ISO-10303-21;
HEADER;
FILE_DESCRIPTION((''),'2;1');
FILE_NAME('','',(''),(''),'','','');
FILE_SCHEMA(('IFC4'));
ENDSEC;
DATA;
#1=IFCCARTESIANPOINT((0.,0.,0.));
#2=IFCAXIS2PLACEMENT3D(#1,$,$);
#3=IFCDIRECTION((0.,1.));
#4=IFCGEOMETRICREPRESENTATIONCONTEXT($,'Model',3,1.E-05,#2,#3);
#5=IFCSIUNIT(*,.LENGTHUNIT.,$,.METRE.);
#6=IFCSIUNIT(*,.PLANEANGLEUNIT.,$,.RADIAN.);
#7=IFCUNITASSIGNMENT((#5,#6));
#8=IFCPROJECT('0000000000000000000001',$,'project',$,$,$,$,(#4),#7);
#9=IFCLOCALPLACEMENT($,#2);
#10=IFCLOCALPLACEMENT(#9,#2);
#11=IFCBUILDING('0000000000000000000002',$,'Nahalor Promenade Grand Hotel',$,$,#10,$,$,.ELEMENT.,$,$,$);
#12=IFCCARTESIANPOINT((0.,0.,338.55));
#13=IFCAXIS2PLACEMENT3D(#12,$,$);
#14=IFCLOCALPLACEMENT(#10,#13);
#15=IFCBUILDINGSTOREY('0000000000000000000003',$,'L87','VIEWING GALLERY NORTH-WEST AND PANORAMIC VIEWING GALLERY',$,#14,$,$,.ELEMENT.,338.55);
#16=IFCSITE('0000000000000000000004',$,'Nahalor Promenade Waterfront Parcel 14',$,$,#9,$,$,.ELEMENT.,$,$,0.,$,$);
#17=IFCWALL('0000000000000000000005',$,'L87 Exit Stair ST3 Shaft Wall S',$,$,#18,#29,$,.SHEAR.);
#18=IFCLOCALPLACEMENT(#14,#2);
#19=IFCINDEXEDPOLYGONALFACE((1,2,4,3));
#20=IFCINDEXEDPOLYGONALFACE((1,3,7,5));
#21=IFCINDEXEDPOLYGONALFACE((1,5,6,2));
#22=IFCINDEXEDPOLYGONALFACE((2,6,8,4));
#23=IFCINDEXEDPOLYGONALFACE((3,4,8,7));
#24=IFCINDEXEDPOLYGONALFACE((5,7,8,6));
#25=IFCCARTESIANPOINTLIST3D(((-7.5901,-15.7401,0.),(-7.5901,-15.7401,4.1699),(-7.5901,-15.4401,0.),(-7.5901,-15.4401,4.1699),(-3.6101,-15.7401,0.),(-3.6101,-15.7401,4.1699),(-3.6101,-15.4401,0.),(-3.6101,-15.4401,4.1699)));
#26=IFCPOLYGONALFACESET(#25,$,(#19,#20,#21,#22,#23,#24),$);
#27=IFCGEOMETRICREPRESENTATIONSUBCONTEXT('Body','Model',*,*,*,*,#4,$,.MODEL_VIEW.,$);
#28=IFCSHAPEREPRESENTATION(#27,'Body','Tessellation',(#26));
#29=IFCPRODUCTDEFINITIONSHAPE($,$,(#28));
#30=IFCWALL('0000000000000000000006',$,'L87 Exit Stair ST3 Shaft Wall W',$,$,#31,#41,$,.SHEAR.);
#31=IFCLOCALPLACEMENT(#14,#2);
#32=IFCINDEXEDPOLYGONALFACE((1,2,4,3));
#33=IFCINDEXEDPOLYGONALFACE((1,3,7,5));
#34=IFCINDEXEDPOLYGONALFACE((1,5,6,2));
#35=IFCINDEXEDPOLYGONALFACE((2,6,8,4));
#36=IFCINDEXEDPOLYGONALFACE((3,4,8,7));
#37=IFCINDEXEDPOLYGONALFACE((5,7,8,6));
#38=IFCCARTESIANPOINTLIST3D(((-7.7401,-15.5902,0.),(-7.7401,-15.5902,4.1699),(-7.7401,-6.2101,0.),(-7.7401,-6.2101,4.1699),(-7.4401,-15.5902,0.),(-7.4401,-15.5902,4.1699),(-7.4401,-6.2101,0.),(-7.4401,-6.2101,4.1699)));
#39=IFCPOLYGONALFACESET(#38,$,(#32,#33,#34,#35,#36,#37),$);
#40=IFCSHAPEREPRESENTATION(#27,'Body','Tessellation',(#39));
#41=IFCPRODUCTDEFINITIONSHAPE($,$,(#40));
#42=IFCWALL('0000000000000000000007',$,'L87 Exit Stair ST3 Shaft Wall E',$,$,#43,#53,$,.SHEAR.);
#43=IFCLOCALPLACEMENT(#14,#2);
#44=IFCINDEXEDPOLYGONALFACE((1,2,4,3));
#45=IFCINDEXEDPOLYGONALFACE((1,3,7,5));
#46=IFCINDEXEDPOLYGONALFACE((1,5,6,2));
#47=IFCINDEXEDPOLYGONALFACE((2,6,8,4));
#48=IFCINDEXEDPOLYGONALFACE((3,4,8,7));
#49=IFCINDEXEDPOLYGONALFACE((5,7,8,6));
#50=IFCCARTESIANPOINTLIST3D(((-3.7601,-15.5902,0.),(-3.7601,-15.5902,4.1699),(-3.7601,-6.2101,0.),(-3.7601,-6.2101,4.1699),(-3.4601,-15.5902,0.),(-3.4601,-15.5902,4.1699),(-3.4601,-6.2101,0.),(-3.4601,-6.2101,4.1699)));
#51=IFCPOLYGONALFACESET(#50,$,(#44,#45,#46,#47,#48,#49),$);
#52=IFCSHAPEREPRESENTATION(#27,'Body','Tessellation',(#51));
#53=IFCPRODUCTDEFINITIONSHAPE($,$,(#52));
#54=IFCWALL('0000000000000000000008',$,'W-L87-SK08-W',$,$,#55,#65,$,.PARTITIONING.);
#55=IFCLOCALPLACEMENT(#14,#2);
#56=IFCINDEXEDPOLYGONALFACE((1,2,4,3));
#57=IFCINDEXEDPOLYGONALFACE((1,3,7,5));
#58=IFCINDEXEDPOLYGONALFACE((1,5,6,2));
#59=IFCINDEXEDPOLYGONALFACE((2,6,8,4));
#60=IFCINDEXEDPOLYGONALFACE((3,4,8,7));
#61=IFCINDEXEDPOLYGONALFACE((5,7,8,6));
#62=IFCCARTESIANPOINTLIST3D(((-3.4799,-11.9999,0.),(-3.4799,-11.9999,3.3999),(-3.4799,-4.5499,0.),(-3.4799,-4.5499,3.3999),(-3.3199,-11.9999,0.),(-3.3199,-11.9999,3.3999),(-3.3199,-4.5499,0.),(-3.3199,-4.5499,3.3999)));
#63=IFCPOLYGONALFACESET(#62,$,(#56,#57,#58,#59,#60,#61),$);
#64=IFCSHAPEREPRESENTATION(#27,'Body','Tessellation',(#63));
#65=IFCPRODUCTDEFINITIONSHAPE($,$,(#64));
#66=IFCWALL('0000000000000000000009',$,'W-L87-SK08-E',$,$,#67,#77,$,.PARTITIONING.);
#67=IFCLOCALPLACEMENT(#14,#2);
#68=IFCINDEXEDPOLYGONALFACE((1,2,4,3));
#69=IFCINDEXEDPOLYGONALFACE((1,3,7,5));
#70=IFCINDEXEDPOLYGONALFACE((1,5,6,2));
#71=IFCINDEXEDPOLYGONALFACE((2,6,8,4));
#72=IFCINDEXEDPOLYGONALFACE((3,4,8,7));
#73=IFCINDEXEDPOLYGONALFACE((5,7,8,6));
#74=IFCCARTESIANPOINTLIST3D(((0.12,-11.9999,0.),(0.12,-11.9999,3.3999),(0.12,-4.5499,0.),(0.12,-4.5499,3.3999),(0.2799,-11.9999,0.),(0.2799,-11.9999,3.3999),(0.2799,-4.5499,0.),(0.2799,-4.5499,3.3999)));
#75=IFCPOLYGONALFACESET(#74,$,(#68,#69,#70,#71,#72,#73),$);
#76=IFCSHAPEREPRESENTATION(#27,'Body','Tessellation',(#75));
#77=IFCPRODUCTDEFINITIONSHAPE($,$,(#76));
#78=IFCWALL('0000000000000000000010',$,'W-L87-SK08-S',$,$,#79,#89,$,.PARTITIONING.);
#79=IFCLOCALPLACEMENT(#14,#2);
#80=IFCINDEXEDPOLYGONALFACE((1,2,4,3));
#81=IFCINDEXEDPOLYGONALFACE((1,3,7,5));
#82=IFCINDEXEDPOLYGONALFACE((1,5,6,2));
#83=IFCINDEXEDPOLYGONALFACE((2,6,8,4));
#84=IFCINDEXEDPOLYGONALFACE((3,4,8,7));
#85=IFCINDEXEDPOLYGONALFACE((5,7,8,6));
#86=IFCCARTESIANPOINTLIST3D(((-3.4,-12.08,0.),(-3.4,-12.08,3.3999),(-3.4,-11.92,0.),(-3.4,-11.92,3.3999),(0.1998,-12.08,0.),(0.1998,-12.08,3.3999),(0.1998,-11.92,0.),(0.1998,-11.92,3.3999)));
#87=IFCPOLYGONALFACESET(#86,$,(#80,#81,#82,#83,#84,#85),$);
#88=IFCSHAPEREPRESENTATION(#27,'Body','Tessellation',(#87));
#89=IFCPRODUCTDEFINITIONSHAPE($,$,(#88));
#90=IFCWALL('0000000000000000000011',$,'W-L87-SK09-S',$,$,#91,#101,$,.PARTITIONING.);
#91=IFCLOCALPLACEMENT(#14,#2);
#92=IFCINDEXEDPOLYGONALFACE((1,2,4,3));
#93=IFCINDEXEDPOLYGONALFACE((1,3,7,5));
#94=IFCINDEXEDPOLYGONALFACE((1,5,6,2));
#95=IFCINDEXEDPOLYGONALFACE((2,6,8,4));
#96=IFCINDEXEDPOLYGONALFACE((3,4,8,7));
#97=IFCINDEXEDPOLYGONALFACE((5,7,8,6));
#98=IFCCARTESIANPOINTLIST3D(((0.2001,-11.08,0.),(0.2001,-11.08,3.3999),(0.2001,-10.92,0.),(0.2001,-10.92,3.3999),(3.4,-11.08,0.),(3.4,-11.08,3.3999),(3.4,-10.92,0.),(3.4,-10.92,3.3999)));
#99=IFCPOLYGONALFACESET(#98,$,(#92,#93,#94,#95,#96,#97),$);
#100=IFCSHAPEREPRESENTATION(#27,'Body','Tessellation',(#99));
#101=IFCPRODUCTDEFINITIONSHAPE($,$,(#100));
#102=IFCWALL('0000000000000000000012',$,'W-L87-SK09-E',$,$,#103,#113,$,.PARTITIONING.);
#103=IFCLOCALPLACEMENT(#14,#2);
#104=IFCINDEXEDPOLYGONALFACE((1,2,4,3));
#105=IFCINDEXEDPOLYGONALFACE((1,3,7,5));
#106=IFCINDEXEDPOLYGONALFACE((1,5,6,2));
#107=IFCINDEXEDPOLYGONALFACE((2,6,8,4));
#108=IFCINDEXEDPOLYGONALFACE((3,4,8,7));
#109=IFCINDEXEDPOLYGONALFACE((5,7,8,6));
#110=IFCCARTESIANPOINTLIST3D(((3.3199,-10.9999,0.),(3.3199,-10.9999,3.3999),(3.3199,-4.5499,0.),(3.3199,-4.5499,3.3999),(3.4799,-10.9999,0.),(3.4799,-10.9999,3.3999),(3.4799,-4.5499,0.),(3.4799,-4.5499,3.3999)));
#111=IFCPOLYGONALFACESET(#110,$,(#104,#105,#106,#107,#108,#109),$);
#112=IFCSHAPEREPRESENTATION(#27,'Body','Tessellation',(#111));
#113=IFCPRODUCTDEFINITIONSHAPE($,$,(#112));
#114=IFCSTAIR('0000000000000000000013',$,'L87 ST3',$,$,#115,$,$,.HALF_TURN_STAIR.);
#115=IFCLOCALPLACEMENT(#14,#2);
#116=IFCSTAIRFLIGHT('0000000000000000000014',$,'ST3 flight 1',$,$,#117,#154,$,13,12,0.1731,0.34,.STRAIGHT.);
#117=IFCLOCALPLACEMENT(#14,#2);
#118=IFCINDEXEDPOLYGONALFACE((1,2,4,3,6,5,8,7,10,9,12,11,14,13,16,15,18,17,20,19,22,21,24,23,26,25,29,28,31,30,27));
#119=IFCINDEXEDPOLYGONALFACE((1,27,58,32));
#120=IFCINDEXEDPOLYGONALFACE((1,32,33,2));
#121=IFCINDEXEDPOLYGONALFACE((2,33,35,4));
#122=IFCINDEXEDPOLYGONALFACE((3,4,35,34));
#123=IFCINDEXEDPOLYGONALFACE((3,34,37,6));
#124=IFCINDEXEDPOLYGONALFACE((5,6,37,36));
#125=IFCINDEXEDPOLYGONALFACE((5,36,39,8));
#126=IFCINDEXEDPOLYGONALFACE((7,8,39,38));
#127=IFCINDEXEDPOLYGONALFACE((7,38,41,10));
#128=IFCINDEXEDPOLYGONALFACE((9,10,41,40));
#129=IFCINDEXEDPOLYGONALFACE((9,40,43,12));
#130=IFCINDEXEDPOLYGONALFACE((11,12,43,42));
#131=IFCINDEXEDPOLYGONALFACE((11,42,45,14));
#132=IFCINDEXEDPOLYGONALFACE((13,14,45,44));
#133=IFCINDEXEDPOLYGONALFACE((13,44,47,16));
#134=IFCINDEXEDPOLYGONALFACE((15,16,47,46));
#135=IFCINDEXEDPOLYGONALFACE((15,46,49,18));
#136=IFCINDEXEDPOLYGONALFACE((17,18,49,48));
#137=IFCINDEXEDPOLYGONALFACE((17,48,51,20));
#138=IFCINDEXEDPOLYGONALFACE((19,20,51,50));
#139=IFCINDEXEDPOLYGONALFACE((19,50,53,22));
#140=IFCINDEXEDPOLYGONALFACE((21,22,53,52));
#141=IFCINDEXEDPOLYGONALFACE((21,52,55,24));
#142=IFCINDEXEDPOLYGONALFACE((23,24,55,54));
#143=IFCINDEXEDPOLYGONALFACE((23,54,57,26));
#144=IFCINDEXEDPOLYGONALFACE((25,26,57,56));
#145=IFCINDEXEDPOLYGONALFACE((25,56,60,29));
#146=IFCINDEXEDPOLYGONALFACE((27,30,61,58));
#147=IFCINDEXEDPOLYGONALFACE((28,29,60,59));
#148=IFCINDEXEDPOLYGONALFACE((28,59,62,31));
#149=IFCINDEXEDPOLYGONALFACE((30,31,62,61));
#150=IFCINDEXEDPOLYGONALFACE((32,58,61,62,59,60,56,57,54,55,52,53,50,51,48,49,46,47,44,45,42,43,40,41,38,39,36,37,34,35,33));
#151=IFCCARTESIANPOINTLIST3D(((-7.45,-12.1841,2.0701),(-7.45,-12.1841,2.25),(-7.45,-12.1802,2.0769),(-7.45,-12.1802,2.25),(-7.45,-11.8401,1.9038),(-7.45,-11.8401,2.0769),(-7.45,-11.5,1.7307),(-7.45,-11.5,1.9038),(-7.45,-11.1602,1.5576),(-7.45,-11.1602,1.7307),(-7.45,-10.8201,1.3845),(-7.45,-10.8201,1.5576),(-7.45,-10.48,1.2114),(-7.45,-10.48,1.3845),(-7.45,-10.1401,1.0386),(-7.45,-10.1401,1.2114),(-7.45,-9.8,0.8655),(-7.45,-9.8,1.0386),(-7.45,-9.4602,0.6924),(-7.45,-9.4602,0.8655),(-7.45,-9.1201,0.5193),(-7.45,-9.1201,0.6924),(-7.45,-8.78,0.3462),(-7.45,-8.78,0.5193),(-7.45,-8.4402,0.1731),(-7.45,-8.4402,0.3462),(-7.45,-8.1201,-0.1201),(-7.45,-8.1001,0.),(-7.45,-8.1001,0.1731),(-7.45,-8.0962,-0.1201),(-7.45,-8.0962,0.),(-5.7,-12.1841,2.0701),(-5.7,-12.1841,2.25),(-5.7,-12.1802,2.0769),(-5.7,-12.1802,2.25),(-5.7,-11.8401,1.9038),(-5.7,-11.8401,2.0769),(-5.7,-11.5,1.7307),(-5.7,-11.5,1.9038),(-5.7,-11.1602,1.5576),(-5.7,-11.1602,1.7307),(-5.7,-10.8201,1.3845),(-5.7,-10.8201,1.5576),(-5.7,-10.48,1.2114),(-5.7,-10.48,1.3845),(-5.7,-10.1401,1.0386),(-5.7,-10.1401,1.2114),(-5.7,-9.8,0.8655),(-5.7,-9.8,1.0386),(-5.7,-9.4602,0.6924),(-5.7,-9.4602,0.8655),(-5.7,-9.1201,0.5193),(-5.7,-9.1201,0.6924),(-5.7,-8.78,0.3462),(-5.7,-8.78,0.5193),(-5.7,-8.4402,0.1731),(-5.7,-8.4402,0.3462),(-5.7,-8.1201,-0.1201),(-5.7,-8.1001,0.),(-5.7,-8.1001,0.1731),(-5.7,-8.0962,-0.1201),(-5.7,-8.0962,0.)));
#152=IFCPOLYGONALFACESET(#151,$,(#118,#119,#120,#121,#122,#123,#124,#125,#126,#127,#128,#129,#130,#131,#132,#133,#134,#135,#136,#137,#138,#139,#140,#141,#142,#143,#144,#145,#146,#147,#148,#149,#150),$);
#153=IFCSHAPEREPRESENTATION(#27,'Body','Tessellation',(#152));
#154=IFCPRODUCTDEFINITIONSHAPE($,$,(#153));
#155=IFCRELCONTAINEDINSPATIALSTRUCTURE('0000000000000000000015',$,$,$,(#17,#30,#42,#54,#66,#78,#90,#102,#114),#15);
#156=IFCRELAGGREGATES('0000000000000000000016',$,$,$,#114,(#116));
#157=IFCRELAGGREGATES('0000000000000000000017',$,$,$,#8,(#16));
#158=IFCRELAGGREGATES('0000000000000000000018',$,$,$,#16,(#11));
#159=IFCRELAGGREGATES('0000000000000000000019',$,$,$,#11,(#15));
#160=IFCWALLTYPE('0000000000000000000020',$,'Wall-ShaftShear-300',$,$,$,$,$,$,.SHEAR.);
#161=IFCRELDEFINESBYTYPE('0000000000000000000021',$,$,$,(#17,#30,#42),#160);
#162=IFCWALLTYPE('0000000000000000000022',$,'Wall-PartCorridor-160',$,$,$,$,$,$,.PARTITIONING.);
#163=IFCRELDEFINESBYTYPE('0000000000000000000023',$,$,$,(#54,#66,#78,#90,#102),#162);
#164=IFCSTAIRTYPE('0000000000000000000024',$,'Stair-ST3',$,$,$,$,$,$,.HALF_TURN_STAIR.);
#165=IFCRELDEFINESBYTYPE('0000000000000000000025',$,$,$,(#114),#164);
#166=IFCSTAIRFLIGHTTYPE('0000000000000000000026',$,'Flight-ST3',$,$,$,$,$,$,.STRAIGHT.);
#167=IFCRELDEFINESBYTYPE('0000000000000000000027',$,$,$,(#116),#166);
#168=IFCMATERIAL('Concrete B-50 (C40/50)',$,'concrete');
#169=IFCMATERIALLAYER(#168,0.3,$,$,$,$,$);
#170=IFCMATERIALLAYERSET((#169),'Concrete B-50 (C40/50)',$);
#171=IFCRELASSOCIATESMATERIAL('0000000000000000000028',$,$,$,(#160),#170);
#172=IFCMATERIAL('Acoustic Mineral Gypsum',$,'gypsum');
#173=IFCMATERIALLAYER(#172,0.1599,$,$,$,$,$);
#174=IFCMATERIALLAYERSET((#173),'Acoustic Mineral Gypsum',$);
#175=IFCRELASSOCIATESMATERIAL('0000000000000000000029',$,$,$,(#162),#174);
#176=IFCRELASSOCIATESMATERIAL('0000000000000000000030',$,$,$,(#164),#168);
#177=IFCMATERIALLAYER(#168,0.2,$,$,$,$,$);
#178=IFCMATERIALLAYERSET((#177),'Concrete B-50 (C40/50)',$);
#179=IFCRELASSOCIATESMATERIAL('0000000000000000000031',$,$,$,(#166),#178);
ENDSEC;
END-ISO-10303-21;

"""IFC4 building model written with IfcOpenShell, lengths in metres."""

from ifc_helpers import new_model, si_unit, direction, frame, frame_2d, origin, place, context, subcontext, project, spatial, polyline, rectangle, outline, extrude, source, transform, mapped, material, layer, layer_set, type_object, element, aggregate, save


model = new_model("IFC4")

# Units and contexts
model_context = context("Model", 3, precision=1e-05, world=origin(), true_north=direction((0.0, 1.0)))
body_context = subcontext(model_context, "Body", "Model", "MODEL_VIEW")
ifc_project = project(units=[si_unit("LENGTHUNIT", "METRE"), si_unit("PLANEANGLEUNIT", "RADIAN")], contexts=[model_context])

# Site, building, storey
site_placement = place(None, origin())
site = spatial("IfcSite", under=ifc_project, at=site_placement, Name="Nahalor Promenade Waterfront Parcel 14", CompositionType="ELEMENT", RefElevation=0.0)
building_placement = place(site_placement, origin())
building = spatial("IfcBuilding", under=site, at=building_placement, Name="Nahalor Promenade Grand Hotel", CompositionType="ELEMENT")
storey_placement = place(building_placement, frame((0.0, 0.0, 338.55)))
storey = spatial("IfcBuildingStorey", under=building, at=storey_placement, Name="L87", Description="VIEWING GALLERY NORTH-WEST AND PANORAMIC VIEWING GALLERY", CompositionType="ELEMENT", Elevation=338.55)

# Shared definitions
ifc_material_1 = material(Name="Concrete B-50 (C40/50)", Category="concrete")

# Wall
ifc_layer_1 = layer(ifc_material_1, 0.3)
ifc_layer_set_1 = layer_set([ifc_layer_1], Name="Concrete B-50 (C40/50)")
wall_type_1 = type_object("IfcWallType", Name="Wall-ShaftShear-300", PredefinedType="SHEAR", material=ifc_layer_set_1)
shared_shape_1 = source(origin(), body_context, "Body", "SweptSolid", [
    extrude(rectangle(XDim=3.98, YDim=0.3, at=frame_2d((1.99, 0.0))), origin(), (0.0, 0.0, 1.0), 4.1699),
])
wall_1_placement = place(storey_placement, frame((-7.5901, -15.5901, 0.0), z_axis=(0.0, 0.0, 1.0), x_axis=(1.0, 0.0, 0.0)))
element("IfcWall", 1, at=wall_1_placement, inside=storey, type_object=wall_type_1, Name="L87 Exit Stair ST3 Shaft Wall S", PredefinedType="SHEAR", context=body_context, shape_type="MappedRepresentation", body=[
    mapped(shared_shape_1, transform((0.0, 0.0, 0.0), scale=1.0)),
])

# Walls
shared_shape_2 = source(origin(), body_context, "Body", "SweptSolid", [
    extrude(rectangle(XDim=9.3801, YDim=0.3, at=frame_2d((4.6899, 0.0))), origin(), (0.0, 0.0, 1.0), 4.1699),
])
for number, where, z_axis, x_axis, name in (
    (2, (-7.5901, -15.5901, 0.0), (0.0, 0.0, 1.0), (0.0, 1.0, 0.0), "L87 Exit Stair ST3 Shaft Wall W"),
    (3, (-3.6101, -15.5901, 0.0), (0.0, 0.0, 1.0), (0.0, 1.0, 0.0), "L87 Exit Stair ST3 Shaft Wall E"),
):
    element("IfcWall", number, at=place(storey_placement, frame(where, z_axis=z_axis, x_axis=x_axis)), inside=storey, type_object=wall_type_1, Name=name, PredefinedType="SHEAR", context=body_context, shape_type="MappedRepresentation", body=[
        mapped(shared_shape_2, transform((0.0, 0.0, 0.0), scale=1.0)),
    ])
ifc_material_2 = material(Name="Acoustic Mineral Gypsum", Category="gypsum")
ifc_layer_2 = layer(ifc_material_2, 0.1599)
ifc_layer_set_2 = layer_set([ifc_layer_2], Name="Acoustic Mineral Gypsum")
wall_type_2 = type_object("IfcWallType", Name="Wall-PartCorridor-160", PredefinedType="PARTITIONING", material=ifc_layer_set_2)
shared_shape_3 = source(origin(), body_context, "Body", "SweptSolid", [
    extrude(rectangle(XDim=7.45, YDim=0.1599, at=frame_2d((3.7251, 0.0))), origin(), (0.0, 0.0, 1.0), 3.3999),
])
for number, where, z_axis, x_axis, name in (
    (4, (-3.3999, -12.0, 0.0), (0.0, 0.0, 1.0), (0.0, 1.0, 0.0), "W-L87-SK08-W"),
    (5, (0.2, -12.0, 0.0), (0.0, 0.0, 1.0), (0.0, 1.0, 0.0), "W-L87-SK08-E"),
):
    element("IfcWall", number, at=place(storey_placement, frame(where, z_axis=z_axis, x_axis=x_axis)), inside=storey, type_object=wall_type_2, Name=name, PredefinedType="PARTITIONING", context=body_context, shape_type="MappedRepresentation", body=[
        mapped(shared_shape_3, transform((0.0, 0.0, 0.0), scale=1.0)),
    ])
shared_shape_4 = source(origin(), body_context, "Body", "SweptSolid", [
    extrude(rectangle(XDim=3.5999, YDim=0.1599, at=frame_2d((1.7998, 0.0))), origin(), (0.0, 0.0, 1.0), 3.3999),
])
wall_2_placement = place(storey_placement, frame((-3.3999, -12.0, 0.0), z_axis=(0.0, 0.0, 1.0), x_axis=(1.0, 0.0, 0.0)))
element("IfcWall", 6, at=wall_2_placement, inside=storey, type_object=wall_type_2, Name="W-L87-SK08-S", PredefinedType="PARTITIONING", context=body_context, shape_type="MappedRepresentation", body=[
    mapped(shared_shape_4, transform((0.0, 0.0, 0.0), scale=1.0)),
])
shared_shape_5 = source(origin(), body_context, "Body", "SweptSolid", [
    extrude(rectangle(XDim=3.2, YDim=0.1599, at=frame_2d((1.6001, 0.0))), origin(), (0.0, 0.0, 1.0), 3.3999),
])
wall_3_placement = place(storey_placement, frame((0.2, -11.0, 0.0), z_axis=(0.0, 0.0, 1.0), x_axis=(1.0, 0.0, 0.0)))
element("IfcWall", 7, at=wall_3_placement, inside=storey, type_object=wall_type_2, Name="W-L87-SK09-S", PredefinedType="PARTITIONING", context=body_context, shape_type="MappedRepresentation", body=[
    mapped(shared_shape_5, transform((0.0, 0.0, 0.0), scale=1.0)),
])
shared_shape_6 = source(origin(), body_context, "Body", "SweptSolid", [
    extrude(rectangle(XDim=6.45, YDim=0.1599, at=frame_2d((3.2251, 0.0))), origin(), (0.0, 0.0, 1.0), 3.3999),
])
wall_4_placement = place(storey_placement, frame((3.3999, -11.0, 0.0), z_axis=(0.0, 0.0, 1.0), x_axis=(0.0, 1.0, 0.0)))
element("IfcWall", 8, at=wall_4_placement, inside=storey, type_object=wall_type_2, Name="W-L87-SK09-E", PredefinedType="PARTITIONING", context=body_context, shape_type="MappedRepresentation", body=[
    mapped(shared_shape_6, transform((0.0, 0.0, 0.0), scale=1.0)),
])

# Stair, stair flight
stair_type = type_object("IfcStairType", Name="Stair-ST3", PredefinedType="HALF_TURN_STAIR", material=ifc_material_1)
stair_placement = place(storey_placement, origin())
stair = element("IfcStair", 9, at=stair_placement, inside=storey, type_object=stair_type, Name="L87 ST3", PredefinedType="HALF_TURN_STAIR")
ifc_layer_3 = layer(ifc_material_1, 0.2)
ifc_layer_set_3 = layer_set([ifc_layer_3], Name="Concrete B-50 (C40/50)")
stair_flight_type = type_object("IfcStairFlightType", Name="Flight-ST3", PredefinedType="STRAIGHT", material=ifc_layer_set_3)
shared_shape_7 = source(origin(), body_context, "Body", "SweptSolid", [
    extrude(outline(polyline([(-0.0039, -0.1201), (-0.0039, 0.0), (0.0, 0.0), (0.0, 0.1731), (0.3401, 0.1731), (0.3401, 0.3462), (0.6799, 0.3462), (0.6799, 0.5193), (1.02, 0.5193), (1.02, 0.6924), (1.3601, 0.6924), (1.3601, 0.8655), (1.7, 0.8655), (1.7, 1.0386), (2.04, 1.0386), (2.04, 1.2114), (2.3799, 1.2114), (2.3799, 1.3845), (2.72, 1.3845), (2.72, 1.5576), (3.0601, 1.5576), (3.0601, 1.7307), (3.3999, 1.7307), (3.3999, 1.9038), (3.74, 1.9038), (3.74, 2.0769), (4.0801, 2.0769), (4.0801, 2.25), (4.084, 2.25), (4.084, 2.0701), (0.02, -0.1201), (-0.0039, -0.1201)])), frame((0.0, 0.875, 0.0), z_axis=(0.0, -1.0, 0.0), x_axis=(1.0, 0.0, 0.0)), (0.0, 0.0, 1.0), 1.75),
])
stair_flight_1_placement = place(storey_placement, frame((-6.575, -8.1001, 0.0), z_axis=(0.0, 0.0, 1.0), x_axis=(0.0, -1.0, 0.0)))
stair_flight_1 = element("IfcStairFlight", 10, at=stair_flight_1_placement, type_object=stair_flight_type, Name="ST3 flight 1", NumberOfRisers=13, NumberOfTreads=12, PredefinedType="STRAIGHT", RiserHeight=0.1731, TreadLength=0.34, context=body_context, shape_type="MappedRepresentation", body=[
    mapped(shared_shape_7, transform((0.0, 0.0, 0.0), scale=1.0)),
])
aggregate(stair, [stair_flight_1])

save(model, "model.ifc")
